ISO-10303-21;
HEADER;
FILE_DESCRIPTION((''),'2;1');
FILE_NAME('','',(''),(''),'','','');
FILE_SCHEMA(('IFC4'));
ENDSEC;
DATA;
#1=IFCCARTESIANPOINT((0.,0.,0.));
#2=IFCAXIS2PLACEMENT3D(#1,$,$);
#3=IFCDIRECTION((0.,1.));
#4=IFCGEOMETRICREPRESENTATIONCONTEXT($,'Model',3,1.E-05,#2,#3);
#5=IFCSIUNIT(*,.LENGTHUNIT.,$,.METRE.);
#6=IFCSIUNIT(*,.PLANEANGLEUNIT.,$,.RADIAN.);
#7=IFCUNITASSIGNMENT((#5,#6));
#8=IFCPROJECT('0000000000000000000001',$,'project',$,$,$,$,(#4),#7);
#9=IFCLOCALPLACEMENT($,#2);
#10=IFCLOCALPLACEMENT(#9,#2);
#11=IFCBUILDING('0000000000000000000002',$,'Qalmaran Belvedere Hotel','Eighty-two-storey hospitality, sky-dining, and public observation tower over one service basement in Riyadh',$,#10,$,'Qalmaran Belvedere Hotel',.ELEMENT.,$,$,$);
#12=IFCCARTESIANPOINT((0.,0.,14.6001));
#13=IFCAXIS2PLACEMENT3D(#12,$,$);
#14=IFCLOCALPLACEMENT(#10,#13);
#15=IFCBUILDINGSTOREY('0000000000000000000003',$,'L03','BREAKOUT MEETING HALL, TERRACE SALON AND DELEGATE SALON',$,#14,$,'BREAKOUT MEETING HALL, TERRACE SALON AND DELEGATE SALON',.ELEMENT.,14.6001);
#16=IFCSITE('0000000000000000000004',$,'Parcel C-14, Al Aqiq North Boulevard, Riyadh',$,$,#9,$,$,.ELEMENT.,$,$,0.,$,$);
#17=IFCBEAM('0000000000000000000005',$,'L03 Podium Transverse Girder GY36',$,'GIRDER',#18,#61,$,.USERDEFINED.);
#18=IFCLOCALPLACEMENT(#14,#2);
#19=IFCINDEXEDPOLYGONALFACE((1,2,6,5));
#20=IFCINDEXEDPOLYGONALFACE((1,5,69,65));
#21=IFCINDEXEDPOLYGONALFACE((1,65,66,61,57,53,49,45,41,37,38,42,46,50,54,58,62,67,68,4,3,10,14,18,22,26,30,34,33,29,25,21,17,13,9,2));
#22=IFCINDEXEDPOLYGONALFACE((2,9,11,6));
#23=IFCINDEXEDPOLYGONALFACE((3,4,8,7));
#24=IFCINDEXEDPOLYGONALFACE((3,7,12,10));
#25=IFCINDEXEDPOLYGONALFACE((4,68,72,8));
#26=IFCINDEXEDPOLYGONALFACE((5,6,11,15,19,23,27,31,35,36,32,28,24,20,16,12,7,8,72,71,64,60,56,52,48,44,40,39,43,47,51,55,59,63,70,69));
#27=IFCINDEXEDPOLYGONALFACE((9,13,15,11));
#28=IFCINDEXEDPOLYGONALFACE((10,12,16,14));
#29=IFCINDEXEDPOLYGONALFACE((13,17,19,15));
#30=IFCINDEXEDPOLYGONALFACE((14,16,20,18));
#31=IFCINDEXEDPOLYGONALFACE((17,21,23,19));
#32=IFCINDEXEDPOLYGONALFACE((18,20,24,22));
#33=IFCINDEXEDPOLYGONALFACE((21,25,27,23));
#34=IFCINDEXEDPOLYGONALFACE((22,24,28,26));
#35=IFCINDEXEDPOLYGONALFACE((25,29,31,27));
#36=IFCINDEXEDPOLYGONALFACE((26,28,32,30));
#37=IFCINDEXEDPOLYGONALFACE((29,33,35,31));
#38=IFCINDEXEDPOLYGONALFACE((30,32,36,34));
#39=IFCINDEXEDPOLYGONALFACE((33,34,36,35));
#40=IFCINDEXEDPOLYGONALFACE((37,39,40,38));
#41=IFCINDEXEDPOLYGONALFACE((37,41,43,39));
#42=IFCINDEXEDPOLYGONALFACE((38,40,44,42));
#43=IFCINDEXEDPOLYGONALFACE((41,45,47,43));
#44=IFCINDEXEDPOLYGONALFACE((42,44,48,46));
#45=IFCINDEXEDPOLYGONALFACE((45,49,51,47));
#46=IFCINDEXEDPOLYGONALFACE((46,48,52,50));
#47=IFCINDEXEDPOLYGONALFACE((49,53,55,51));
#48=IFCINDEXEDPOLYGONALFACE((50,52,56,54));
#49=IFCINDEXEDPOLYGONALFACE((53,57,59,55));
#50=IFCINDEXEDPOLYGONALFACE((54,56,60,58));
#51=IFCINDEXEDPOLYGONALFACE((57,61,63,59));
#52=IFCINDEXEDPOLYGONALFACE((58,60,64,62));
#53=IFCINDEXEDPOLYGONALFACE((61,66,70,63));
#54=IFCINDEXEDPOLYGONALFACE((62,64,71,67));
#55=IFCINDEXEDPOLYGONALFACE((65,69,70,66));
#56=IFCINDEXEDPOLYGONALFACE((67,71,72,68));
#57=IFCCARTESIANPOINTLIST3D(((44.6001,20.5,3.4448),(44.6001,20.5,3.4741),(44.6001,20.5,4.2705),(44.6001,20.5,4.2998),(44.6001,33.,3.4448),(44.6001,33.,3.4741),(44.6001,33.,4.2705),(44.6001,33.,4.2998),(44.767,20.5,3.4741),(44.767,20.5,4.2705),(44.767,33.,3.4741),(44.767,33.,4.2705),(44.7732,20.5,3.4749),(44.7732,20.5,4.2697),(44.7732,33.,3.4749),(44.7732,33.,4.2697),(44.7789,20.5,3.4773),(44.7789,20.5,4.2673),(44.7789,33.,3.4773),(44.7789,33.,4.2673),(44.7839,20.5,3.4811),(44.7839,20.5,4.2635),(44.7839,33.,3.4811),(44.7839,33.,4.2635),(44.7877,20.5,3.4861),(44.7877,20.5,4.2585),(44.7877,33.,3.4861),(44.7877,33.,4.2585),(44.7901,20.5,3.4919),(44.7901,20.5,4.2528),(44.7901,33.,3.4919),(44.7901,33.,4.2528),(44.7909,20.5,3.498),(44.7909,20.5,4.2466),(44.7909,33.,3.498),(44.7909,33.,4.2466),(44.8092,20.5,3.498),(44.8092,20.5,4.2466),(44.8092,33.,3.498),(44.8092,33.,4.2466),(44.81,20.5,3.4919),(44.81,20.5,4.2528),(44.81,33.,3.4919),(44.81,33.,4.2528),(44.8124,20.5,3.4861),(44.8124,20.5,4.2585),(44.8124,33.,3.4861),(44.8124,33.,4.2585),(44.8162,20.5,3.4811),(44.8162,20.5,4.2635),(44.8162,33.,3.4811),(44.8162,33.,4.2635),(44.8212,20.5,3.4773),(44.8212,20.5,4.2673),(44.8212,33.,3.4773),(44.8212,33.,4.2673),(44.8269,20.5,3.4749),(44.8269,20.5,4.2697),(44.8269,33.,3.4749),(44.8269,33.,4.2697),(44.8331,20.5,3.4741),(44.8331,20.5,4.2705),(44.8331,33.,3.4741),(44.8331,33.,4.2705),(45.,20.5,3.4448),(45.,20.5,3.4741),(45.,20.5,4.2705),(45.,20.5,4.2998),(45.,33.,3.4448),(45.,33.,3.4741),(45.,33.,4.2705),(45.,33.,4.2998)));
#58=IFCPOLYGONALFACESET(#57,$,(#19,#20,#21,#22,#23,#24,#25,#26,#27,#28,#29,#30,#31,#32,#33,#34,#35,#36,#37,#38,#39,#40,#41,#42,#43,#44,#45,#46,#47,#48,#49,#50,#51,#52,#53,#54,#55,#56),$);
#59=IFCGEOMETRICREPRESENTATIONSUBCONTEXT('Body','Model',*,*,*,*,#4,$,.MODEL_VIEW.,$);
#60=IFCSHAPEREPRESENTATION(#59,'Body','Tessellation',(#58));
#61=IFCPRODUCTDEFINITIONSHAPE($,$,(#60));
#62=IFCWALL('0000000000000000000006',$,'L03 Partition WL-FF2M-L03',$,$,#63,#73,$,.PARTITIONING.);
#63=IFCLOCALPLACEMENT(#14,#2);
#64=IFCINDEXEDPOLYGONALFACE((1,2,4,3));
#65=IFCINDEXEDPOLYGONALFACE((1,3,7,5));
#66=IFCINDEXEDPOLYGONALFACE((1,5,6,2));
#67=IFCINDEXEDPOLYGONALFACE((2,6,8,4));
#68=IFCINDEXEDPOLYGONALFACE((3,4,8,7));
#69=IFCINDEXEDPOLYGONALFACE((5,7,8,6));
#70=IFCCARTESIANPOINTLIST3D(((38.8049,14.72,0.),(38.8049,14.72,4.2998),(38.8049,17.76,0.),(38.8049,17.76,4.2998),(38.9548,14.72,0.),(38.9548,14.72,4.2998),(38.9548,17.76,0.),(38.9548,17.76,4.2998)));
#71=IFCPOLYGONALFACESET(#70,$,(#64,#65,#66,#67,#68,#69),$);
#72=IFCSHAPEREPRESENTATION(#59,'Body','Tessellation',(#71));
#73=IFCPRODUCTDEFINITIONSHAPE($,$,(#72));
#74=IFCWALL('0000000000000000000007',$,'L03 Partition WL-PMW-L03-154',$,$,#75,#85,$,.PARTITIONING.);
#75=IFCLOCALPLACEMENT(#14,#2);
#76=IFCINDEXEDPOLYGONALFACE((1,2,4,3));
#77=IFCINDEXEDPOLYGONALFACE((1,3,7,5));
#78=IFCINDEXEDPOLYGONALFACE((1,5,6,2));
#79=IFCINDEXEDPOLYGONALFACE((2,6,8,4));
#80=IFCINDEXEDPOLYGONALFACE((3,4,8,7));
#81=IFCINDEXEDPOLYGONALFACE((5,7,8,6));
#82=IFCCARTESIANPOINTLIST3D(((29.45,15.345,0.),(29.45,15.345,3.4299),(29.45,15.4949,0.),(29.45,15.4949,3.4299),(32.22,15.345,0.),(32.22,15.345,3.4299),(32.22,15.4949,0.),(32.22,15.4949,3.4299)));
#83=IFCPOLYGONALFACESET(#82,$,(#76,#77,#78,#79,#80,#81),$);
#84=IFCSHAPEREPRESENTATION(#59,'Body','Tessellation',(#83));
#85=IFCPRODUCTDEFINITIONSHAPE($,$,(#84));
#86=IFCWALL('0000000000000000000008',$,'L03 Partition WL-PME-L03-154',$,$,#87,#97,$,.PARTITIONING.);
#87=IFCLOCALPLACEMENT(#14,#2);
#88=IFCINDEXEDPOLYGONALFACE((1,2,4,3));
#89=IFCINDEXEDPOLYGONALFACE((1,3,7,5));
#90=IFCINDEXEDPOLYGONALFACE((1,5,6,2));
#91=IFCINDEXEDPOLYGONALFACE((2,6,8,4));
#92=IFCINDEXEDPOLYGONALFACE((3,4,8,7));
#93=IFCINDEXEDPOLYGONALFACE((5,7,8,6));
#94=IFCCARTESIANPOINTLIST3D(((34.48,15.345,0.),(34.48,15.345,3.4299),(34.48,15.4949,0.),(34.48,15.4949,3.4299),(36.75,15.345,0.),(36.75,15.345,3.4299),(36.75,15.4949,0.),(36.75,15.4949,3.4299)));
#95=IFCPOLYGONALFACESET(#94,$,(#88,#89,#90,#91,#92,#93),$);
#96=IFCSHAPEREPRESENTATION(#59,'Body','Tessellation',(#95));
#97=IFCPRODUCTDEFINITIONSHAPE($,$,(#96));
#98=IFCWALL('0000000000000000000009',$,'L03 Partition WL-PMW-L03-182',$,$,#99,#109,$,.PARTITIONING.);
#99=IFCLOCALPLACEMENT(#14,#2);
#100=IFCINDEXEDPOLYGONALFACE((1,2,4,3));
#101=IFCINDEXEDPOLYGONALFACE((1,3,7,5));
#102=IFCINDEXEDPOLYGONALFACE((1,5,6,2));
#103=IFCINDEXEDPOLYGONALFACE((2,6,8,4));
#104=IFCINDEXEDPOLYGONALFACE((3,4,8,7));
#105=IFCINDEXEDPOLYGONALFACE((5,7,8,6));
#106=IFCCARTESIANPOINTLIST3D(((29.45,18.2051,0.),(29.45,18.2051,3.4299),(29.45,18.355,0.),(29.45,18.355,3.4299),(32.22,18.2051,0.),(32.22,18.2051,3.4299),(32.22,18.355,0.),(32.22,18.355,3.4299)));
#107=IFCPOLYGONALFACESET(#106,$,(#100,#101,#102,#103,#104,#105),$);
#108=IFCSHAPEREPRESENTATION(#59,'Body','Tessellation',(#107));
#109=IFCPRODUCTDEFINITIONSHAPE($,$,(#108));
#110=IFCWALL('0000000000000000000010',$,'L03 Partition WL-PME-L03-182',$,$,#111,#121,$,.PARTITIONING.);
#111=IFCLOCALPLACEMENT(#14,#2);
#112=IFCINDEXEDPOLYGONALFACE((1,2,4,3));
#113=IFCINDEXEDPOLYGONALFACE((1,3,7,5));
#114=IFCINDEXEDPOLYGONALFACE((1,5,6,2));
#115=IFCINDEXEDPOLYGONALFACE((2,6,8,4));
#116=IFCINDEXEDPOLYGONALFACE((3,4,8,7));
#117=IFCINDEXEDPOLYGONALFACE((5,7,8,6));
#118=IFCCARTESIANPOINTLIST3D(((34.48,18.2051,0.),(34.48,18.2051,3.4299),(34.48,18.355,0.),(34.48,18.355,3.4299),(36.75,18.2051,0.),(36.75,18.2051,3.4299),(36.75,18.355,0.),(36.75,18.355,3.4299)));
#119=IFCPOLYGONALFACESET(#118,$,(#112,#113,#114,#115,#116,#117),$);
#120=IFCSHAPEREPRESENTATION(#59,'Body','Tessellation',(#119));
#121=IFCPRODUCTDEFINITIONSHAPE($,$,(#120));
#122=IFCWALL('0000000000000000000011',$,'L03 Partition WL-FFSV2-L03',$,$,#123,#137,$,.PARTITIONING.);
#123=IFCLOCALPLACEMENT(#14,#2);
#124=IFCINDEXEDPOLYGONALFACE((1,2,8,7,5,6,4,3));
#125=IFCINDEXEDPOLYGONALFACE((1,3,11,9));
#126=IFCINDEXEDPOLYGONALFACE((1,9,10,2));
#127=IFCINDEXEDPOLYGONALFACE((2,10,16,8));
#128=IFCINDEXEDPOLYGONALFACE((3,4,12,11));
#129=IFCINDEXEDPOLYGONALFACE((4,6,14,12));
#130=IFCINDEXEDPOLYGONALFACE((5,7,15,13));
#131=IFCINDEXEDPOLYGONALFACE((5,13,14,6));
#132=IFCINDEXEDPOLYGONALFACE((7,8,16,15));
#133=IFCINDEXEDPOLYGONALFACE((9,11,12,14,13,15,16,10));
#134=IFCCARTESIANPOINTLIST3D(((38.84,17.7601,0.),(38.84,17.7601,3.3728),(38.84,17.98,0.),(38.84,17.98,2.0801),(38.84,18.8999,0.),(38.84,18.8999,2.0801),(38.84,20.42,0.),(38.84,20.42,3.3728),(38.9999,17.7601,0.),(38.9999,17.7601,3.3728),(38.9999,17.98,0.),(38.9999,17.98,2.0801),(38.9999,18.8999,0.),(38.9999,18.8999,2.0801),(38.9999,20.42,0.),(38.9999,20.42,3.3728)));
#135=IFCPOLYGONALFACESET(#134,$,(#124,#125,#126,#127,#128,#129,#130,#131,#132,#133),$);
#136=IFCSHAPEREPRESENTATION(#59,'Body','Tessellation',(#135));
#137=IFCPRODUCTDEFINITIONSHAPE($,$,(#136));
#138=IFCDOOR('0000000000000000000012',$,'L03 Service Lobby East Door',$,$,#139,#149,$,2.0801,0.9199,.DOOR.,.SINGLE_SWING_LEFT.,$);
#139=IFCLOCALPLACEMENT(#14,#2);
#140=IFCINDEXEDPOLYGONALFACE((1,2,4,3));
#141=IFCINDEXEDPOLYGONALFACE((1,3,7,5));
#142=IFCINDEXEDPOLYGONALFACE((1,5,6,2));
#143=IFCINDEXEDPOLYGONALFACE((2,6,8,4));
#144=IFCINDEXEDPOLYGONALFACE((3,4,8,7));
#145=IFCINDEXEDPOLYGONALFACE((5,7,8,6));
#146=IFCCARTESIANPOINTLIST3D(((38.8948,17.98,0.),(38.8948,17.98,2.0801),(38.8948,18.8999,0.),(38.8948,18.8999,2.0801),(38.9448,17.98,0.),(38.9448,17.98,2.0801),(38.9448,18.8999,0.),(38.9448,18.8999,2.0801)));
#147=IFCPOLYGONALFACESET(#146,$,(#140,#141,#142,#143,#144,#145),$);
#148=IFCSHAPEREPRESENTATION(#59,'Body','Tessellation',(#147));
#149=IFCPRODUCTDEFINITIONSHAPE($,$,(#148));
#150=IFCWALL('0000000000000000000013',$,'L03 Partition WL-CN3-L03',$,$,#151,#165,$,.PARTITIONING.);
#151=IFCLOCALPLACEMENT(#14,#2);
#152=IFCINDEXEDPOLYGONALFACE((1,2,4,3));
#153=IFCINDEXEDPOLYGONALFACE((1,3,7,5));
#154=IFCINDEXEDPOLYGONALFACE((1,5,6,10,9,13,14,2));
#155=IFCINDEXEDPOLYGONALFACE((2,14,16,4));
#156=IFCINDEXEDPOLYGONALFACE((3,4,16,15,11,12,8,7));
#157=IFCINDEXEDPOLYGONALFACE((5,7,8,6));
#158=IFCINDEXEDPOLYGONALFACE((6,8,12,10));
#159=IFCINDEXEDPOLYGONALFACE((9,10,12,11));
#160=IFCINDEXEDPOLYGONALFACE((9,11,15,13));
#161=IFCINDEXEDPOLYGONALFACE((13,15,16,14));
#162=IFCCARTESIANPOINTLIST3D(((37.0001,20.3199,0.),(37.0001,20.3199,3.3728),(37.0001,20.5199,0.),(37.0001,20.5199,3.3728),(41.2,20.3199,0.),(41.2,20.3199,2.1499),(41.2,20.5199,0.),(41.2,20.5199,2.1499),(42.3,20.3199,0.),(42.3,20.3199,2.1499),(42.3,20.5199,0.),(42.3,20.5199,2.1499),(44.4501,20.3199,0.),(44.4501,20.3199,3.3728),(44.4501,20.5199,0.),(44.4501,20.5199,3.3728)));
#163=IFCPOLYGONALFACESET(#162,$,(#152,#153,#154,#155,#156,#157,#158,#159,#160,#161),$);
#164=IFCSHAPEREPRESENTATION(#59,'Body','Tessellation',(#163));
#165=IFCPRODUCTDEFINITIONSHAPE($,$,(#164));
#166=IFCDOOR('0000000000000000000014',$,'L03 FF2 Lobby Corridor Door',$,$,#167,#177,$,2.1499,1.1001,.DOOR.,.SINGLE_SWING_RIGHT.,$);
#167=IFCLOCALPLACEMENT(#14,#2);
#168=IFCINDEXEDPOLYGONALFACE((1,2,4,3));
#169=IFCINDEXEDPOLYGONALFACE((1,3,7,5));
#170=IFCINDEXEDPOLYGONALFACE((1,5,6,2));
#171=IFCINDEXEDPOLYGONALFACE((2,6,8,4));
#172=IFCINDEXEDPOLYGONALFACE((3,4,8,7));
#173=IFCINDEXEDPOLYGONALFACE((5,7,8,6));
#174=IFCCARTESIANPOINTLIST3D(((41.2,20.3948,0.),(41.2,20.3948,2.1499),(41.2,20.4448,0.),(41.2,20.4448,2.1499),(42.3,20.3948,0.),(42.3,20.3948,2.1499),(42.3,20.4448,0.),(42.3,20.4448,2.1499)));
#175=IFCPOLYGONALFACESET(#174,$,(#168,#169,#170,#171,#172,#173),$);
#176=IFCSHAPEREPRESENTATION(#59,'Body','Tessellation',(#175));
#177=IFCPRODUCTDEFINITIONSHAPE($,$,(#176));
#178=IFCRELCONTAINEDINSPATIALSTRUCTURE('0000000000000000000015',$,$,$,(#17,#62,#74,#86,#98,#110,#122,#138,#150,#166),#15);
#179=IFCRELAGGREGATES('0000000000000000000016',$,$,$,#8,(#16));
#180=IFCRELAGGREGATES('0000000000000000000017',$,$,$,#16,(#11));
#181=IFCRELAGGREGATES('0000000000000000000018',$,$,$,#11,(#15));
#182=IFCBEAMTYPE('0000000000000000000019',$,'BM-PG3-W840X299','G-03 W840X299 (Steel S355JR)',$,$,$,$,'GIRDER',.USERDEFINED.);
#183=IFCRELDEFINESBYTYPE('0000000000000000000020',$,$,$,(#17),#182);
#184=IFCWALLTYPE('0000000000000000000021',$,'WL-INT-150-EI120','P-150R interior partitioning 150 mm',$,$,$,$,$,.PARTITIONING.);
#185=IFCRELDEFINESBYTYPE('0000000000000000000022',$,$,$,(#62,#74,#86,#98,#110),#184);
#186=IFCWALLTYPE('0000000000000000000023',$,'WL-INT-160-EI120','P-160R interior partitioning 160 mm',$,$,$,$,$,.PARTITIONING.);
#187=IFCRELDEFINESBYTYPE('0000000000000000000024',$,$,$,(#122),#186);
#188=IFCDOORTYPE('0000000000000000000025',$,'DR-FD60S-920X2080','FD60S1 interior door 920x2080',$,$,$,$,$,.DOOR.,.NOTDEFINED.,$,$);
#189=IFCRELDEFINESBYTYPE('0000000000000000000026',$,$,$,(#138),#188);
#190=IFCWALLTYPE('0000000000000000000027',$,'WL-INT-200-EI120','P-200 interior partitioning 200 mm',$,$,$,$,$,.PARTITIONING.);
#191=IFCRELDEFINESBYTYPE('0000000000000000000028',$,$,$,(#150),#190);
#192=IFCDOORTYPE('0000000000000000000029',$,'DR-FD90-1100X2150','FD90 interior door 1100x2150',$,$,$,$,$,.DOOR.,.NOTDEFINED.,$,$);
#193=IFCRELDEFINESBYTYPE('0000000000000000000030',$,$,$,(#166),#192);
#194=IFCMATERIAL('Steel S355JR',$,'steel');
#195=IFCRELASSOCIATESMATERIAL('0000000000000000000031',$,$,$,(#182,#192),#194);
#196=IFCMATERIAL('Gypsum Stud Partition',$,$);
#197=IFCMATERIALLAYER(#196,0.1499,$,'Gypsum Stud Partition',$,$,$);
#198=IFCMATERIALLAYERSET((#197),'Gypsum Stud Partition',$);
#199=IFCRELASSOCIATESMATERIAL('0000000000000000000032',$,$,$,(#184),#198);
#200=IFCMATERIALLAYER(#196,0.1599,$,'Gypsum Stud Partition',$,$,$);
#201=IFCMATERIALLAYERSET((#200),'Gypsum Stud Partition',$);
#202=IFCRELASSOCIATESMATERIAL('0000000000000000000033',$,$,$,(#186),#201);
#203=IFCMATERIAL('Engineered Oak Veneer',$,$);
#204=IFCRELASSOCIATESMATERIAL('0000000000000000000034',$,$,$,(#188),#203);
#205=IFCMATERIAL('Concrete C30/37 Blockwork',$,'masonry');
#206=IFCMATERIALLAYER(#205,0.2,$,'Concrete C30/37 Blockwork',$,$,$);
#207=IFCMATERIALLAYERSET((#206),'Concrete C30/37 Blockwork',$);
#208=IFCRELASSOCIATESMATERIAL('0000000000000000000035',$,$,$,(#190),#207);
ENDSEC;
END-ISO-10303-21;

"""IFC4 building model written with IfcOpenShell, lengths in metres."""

from ifc_helpers import new_model, si_unit, direction, frame, frame_2d, origin, origin_2d, place, context, subcontext, project, spatial, rectangle, i_section, extrude, material, layer, layer_set, material_profile, profile_set, type_object, element, fill, save


model = new_model("IFC4")

# Units and contexts
model_context = context("Model", 3, precision=1e-05, world=origin(), true_north=direction((0.0, 1.0)))
body_context = subcontext(model_context, "Body", "Model", "MODEL_VIEW")
ifc_project = project(units=[si_unit("LENGTHUNIT", "METRE"), si_unit("PLANEANGLEUNIT", "RADIAN")], contexts=[model_context])

# Site, building, storey
site_placement = place(None, origin())
site = spatial("IfcSite", under=ifc_project, at=site_placement, Name="Parcel C-14, Al Aqiq North Boulevard, Riyadh", CompositionType="ELEMENT", RefElevation=0.0)
building_placement = place(site_placement, origin())
building = spatial("IfcBuilding", under=site, at=building_placement, Name="Qalmaran Belvedere Hotel", Description="Eighty-two-storey hospitality, sky-dining, and public observation tower over one service basement in Riyadh", LongName="Qalmaran Belvedere Hotel", CompositionType="ELEMENT")
storey_placement = place(building_placement, frame((0.0, 0.0, 14.6001)))
storey = spatial("IfcBuildingStorey", under=building, at=storey_placement, Name="L03", Description="BREAKOUT MEETING HALL, TERRACE SALON AND DELEGATE SALON", LongName="BREAKOUT MEETING HALL, TERRACE SALON AND DELEGATE SALON", CompositionType="ELEMENT", Elevation=14.6001)

# Beam
ifc_material_1 = material(Name="Steel S355JR", Category="steel")
ifc_material_profile_1 = material_profile(ifc_material_1, i_section(OverallWidth=0.3999, OverallDepth=0.855, WebThickness=0.0183, FlangeThickness=0.0293, FilletRadius=0.0239, at=origin_2d()), Name="W840X299")
ifc_profile_set_1 = profile_set([ifc_material_profile_1], Name="Steel S355JR")
beam_type_1 = type_object("IfcBeamType", Name="BM-PG3-W840X299", Description="G-03 W840X299 (Steel S355JR)", ElementType="GIRDER", PredefinedType="USERDEFINED", material=ifc_profile_set_1)
for number, where, z_axis, x_axis, name in (
    (1, (44.8, 20.5, 3.8723), (0.0, 1.0, 0.0), (-1.0, 0.0, 0.0), "L03 Podium Transverse Girder GY36"),
):
    element("IfcBeam", number, at=place(storey_placement, frame(where, z_axis=z_axis, x_axis=x_axis)), inside=storey, type_object=beam_type_1, Name=name, ObjectType="GIRDER", PredefinedType="USERDEFINED", context=body_context, shape_type="SweptSolid", body=[
        extrude(i_section(OverallWidth=0.3999, OverallDepth=0.855, WebThickness=0.0183, FlangeThickness=0.0293, FilletRadius=0.0239, at=origin_2d()), origin(), (0.0, 0.0, 1.0), 12.5),
    ])

# Walls
ifc_material_2 = material(Name="Gypsum Stud Partition")
ifc_layer_1 = layer(ifc_material_2, 0.1499, Name="Gypsum Stud Partition")
ifc_layer_set_1 = layer_set([ifc_layer_1], Name="Gypsum Stud Partition")
wall_type_1 = type_object("IfcWallType", Name="WL-INT-150-EI120", Description="P-150R interior partitioning 150 mm", PredefinedType="PARTITIONING", material=ifc_layer_set_1)
wall_1_placement = place(storey_placement, frame((38.8799, 14.72, 0.0), z_axis=(0.0, 0.0, 1.0), x_axis=(0.0, 1.0, 0.0)))
element("IfcWall", 2, at=wall_1_placement, inside=storey, type_object=wall_type_1, Name="L03 Partition WL-FF2M-L03", PredefinedType="PARTITIONING", context=body_context, shape_type="SweptSolid", body=[
    extrude(rectangle(XDim=3.04, YDim=0.1499, at=frame_2d((1.52, 0.0))), origin(), (0.0, 0.0, 1.0), 4.2998),
])
wall_2_placement = place(storey_placement, frame((29.45, 15.4199, 0.0), z_axis=(0.0, 0.0, 1.0), x_axis=(1.0, 0.0, 0.0)))
element("IfcWall", 3, at=wall_2_placement, inside=storey, type_object=wall_type_1, Name="L03 Partition WL-PMW-L03-154", PredefinedType="PARTITIONING", context=body_context, shape_type="SweptSolid", body=[
    extrude(rectangle(XDim=2.77, YDim=0.1499, at=frame_2d((1.385, 0.0))), origin(), (0.0, 0.0, 1.0), 3.4299),
])
wall_3_placement = place(storey_placement, frame((34.48, 15.4199, 0.0), z_axis=(0.0, 0.0, 1.0), x_axis=(1.0, 0.0, 0.0)))
element("IfcWall", 4, at=wall_3_placement, inside=storey, type_object=wall_type_1, Name="L03 Partition WL-PME-L03-154", PredefinedType="PARTITIONING", context=body_context, shape_type="SweptSolid", body=[
    extrude(rectangle(XDim=2.27, YDim=0.1499, at=frame_2d((1.135, 0.0))), origin(), (0.0, 0.0, 1.0), 3.4299),
])
wall_4_placement = place(storey_placement, frame((29.45, 18.28, 0.0), z_axis=(0.0, 0.0, 1.0), x_axis=(1.0, 0.0, 0.0)))
element("IfcWall", 5, at=wall_4_placement, inside=storey, type_object=wall_type_1, Name="L03 Partition WL-PMW-L03-182", PredefinedType="PARTITIONING", context=body_context, shape_type="SweptSolid", body=[
    extrude(rectangle(XDim=2.77, YDim=0.1499, at=frame_2d((1.385, 0.0))), origin(), (0.0, 0.0, 1.0), 3.4299),
])
wall_5_placement = place(storey_placement, frame((34.48, 18.28, 0.0), z_axis=(0.0, 0.0, 1.0), x_axis=(1.0, 0.0, 0.0)))
element("IfcWall", 6, at=wall_5_placement, inside=storey, type_object=wall_type_1, Name="L03 Partition WL-PME-L03-182", PredefinedType="PARTITIONING", context=body_context, shape_type="SweptSolid", body=[
    extrude(rectangle(XDim=2.27, YDim=0.1499, at=frame_2d((1.135, 0.0))), origin(), (0.0, 0.0, 1.0), 3.4299),
])

# Walls, openings, doors
ifc_layer_2 = layer(ifc_material_2, 0.1599, Name="Gypsum Stud Partition")
ifc_layer_set_2 = layer_set([ifc_layer_2], Name="Gypsum Stud Partition")
wall_type_2 = type_object("IfcWallType", Name="WL-INT-160-EI120", Description="P-160R interior partitioning 160 mm", PredefinedType="PARTITIONING", material=ifc_layer_set_2)
wall_6_placement = place(storey_placement, frame((38.9199, 17.76, 0.0), z_axis=(0.0, 0.0, 1.0), x_axis=(0.0, 1.0, 0.0)))
wall_6 = element("IfcWall", 7, at=wall_6_placement, inside=storey, type_object=wall_type_2, Name="L03 Partition WL-FFSV2-L03", PredefinedType="PARTITIONING", context=body_context, shape_type="SweptSolid", body=[
    extrude(rectangle(XDim=2.6599, YDim=0.1599, at=frame_2d((1.3301, 0.0))), origin(), (0.0, 0.0, 1.0), 3.3728),
])
opening_1_placement = place(wall_6_placement, frame((1.1399, 0.0, 0.0), z_axis=(0.0, 0.0, 1.0), x_axis=(-1.0, 0.0, 0.0)))
opening_1 = element("IfcOpeningElement", 8, at=opening_1_placement, cuts=wall_6, PredefinedType="OPENING", context=body_context, shape_type="SweptSolid", body=[
    extrude(rectangle(XDim=0.9199, YDim=2.0801, at=frame_2d((0.46, 1.04))), frame((0.0, 0.0898, 0.0), z_axis=(0.0, -1.0, 0.0), x_axis=(1.0, 0.0, 0.0)), (0.0, 0.0, 1.0), 0.1799),
])
ifc_material_3 = material(Name="Engineered Oak Veneer")
door_type_1 = type_object("IfcDoorType", Name="DR-FD60S-920X2080", Description="FD60S1 interior door 920x2080", OperationType="NOTDEFINED", PredefinedType="DOOR", material=ifc_material_3)
door_1_placement = place(opening_1_placement, origin())
door_1 = element("IfcDoor", 9, at=door_1_placement, inside=storey, type_object=door_type_1, Name="L03 Service Lobby East Door", OperationType="SINGLE_SWING_LEFT", OverallHeight=2.0801, OverallWidth=0.9199, PredefinedType="DOOR", context=body_context, shape_type="SweptSolid", body=[
    extrude(rectangle(XDim=0.9199, YDim=2.0801, at=frame_2d((0.46, 1.04))), frame((0.0, 0.0249, 0.0), z_axis=(0.0, -1.0, 0.0), x_axis=(1.0, 0.0, 0.0)), (0.0, 0.0, 1.0), 0.05),
])
fill(opening_1, door_1)
ifc_material_4 = material(Name="Concrete C30/37 Blockwork", Category="masonry")
ifc_layer_3 = layer(ifc_material_4, 0.2, Name="Concrete C30/37 Blockwork")
ifc_layer_set_3 = layer_set([ifc_layer_3], Name="Concrete C30/37 Blockwork")
wall_type_3 = type_object("IfcWallType", Name="WL-INT-200-EI120", Description="P-200 interior partitioning 200 mm", PredefinedType="PARTITIONING", material=ifc_layer_set_3)
wall_7_placement = place(storey_placement, frame((37.0, 20.4199, 0.0), z_axis=(0.0, 0.0, 1.0), x_axis=(1.0, 0.0, 0.0)))
wall_7 = element("IfcWall", 10, at=wall_7_placement, inside=storey, type_object=wall_type_3, Name="L03 Partition WL-CN3-L03", PredefinedType="PARTITIONING", context=body_context, shape_type="SweptSolid", body=[
    extrude(rectangle(XDim=7.45, YDim=0.2, at=frame_2d((3.7251, 0.0))), origin(), (0.0, 0.0, 1.0), 3.3728),
])
opening_2_placement = place(wall_7_placement, frame((4.2, 0.0, 0.0)))
opening_2 = element("IfcOpeningElement", 11, at=opening_2_placement, cuts=wall_7, PredefinedType="OPENING", context=body_context, shape_type="SweptSolid", body=[
    extrude(rectangle(XDim=1.1001, YDim=2.1499, at=frame_2d((0.55, 1.075))), frame((0.0, 0.1099, 0.0), z_axis=(0.0, -1.0, 0.0), x_axis=(1.0, 0.0, 0.0)), (0.0, 0.0, 1.0), 0.22),
])
door_type_2 = type_object("IfcDoorType", Name="DR-FD90-1100X2150", Description="FD90 interior door 1100x2150", OperationType="NOTDEFINED", PredefinedType="DOOR", material=ifc_material_1)
door_2_placement = place(opening_2_placement, origin())
door_2 = element("IfcDoor", 12, at=door_2_placement, inside=storey, type_object=door_type_2, Name="L03 FF2 Lobby Corridor Door", OperationType="SINGLE_SWING_RIGHT", OverallHeight=2.1499, OverallWidth=1.1001, PredefinedType="DOOR", context=body_context, shape_type="SweptSolid", body=[
    extrude(rectangle(XDim=1.1001, YDim=2.1499, at=frame_2d((0.55, 1.075))), frame((0.0, 0.0249, 0.0), z_axis=(0.0, -1.0, 0.0), x_axis=(1.0, 0.0, 0.0)), (0.0, 0.0, 1.0), 0.05),
])
fill(opening_2, door_2)

save(model, "model.ifc")
